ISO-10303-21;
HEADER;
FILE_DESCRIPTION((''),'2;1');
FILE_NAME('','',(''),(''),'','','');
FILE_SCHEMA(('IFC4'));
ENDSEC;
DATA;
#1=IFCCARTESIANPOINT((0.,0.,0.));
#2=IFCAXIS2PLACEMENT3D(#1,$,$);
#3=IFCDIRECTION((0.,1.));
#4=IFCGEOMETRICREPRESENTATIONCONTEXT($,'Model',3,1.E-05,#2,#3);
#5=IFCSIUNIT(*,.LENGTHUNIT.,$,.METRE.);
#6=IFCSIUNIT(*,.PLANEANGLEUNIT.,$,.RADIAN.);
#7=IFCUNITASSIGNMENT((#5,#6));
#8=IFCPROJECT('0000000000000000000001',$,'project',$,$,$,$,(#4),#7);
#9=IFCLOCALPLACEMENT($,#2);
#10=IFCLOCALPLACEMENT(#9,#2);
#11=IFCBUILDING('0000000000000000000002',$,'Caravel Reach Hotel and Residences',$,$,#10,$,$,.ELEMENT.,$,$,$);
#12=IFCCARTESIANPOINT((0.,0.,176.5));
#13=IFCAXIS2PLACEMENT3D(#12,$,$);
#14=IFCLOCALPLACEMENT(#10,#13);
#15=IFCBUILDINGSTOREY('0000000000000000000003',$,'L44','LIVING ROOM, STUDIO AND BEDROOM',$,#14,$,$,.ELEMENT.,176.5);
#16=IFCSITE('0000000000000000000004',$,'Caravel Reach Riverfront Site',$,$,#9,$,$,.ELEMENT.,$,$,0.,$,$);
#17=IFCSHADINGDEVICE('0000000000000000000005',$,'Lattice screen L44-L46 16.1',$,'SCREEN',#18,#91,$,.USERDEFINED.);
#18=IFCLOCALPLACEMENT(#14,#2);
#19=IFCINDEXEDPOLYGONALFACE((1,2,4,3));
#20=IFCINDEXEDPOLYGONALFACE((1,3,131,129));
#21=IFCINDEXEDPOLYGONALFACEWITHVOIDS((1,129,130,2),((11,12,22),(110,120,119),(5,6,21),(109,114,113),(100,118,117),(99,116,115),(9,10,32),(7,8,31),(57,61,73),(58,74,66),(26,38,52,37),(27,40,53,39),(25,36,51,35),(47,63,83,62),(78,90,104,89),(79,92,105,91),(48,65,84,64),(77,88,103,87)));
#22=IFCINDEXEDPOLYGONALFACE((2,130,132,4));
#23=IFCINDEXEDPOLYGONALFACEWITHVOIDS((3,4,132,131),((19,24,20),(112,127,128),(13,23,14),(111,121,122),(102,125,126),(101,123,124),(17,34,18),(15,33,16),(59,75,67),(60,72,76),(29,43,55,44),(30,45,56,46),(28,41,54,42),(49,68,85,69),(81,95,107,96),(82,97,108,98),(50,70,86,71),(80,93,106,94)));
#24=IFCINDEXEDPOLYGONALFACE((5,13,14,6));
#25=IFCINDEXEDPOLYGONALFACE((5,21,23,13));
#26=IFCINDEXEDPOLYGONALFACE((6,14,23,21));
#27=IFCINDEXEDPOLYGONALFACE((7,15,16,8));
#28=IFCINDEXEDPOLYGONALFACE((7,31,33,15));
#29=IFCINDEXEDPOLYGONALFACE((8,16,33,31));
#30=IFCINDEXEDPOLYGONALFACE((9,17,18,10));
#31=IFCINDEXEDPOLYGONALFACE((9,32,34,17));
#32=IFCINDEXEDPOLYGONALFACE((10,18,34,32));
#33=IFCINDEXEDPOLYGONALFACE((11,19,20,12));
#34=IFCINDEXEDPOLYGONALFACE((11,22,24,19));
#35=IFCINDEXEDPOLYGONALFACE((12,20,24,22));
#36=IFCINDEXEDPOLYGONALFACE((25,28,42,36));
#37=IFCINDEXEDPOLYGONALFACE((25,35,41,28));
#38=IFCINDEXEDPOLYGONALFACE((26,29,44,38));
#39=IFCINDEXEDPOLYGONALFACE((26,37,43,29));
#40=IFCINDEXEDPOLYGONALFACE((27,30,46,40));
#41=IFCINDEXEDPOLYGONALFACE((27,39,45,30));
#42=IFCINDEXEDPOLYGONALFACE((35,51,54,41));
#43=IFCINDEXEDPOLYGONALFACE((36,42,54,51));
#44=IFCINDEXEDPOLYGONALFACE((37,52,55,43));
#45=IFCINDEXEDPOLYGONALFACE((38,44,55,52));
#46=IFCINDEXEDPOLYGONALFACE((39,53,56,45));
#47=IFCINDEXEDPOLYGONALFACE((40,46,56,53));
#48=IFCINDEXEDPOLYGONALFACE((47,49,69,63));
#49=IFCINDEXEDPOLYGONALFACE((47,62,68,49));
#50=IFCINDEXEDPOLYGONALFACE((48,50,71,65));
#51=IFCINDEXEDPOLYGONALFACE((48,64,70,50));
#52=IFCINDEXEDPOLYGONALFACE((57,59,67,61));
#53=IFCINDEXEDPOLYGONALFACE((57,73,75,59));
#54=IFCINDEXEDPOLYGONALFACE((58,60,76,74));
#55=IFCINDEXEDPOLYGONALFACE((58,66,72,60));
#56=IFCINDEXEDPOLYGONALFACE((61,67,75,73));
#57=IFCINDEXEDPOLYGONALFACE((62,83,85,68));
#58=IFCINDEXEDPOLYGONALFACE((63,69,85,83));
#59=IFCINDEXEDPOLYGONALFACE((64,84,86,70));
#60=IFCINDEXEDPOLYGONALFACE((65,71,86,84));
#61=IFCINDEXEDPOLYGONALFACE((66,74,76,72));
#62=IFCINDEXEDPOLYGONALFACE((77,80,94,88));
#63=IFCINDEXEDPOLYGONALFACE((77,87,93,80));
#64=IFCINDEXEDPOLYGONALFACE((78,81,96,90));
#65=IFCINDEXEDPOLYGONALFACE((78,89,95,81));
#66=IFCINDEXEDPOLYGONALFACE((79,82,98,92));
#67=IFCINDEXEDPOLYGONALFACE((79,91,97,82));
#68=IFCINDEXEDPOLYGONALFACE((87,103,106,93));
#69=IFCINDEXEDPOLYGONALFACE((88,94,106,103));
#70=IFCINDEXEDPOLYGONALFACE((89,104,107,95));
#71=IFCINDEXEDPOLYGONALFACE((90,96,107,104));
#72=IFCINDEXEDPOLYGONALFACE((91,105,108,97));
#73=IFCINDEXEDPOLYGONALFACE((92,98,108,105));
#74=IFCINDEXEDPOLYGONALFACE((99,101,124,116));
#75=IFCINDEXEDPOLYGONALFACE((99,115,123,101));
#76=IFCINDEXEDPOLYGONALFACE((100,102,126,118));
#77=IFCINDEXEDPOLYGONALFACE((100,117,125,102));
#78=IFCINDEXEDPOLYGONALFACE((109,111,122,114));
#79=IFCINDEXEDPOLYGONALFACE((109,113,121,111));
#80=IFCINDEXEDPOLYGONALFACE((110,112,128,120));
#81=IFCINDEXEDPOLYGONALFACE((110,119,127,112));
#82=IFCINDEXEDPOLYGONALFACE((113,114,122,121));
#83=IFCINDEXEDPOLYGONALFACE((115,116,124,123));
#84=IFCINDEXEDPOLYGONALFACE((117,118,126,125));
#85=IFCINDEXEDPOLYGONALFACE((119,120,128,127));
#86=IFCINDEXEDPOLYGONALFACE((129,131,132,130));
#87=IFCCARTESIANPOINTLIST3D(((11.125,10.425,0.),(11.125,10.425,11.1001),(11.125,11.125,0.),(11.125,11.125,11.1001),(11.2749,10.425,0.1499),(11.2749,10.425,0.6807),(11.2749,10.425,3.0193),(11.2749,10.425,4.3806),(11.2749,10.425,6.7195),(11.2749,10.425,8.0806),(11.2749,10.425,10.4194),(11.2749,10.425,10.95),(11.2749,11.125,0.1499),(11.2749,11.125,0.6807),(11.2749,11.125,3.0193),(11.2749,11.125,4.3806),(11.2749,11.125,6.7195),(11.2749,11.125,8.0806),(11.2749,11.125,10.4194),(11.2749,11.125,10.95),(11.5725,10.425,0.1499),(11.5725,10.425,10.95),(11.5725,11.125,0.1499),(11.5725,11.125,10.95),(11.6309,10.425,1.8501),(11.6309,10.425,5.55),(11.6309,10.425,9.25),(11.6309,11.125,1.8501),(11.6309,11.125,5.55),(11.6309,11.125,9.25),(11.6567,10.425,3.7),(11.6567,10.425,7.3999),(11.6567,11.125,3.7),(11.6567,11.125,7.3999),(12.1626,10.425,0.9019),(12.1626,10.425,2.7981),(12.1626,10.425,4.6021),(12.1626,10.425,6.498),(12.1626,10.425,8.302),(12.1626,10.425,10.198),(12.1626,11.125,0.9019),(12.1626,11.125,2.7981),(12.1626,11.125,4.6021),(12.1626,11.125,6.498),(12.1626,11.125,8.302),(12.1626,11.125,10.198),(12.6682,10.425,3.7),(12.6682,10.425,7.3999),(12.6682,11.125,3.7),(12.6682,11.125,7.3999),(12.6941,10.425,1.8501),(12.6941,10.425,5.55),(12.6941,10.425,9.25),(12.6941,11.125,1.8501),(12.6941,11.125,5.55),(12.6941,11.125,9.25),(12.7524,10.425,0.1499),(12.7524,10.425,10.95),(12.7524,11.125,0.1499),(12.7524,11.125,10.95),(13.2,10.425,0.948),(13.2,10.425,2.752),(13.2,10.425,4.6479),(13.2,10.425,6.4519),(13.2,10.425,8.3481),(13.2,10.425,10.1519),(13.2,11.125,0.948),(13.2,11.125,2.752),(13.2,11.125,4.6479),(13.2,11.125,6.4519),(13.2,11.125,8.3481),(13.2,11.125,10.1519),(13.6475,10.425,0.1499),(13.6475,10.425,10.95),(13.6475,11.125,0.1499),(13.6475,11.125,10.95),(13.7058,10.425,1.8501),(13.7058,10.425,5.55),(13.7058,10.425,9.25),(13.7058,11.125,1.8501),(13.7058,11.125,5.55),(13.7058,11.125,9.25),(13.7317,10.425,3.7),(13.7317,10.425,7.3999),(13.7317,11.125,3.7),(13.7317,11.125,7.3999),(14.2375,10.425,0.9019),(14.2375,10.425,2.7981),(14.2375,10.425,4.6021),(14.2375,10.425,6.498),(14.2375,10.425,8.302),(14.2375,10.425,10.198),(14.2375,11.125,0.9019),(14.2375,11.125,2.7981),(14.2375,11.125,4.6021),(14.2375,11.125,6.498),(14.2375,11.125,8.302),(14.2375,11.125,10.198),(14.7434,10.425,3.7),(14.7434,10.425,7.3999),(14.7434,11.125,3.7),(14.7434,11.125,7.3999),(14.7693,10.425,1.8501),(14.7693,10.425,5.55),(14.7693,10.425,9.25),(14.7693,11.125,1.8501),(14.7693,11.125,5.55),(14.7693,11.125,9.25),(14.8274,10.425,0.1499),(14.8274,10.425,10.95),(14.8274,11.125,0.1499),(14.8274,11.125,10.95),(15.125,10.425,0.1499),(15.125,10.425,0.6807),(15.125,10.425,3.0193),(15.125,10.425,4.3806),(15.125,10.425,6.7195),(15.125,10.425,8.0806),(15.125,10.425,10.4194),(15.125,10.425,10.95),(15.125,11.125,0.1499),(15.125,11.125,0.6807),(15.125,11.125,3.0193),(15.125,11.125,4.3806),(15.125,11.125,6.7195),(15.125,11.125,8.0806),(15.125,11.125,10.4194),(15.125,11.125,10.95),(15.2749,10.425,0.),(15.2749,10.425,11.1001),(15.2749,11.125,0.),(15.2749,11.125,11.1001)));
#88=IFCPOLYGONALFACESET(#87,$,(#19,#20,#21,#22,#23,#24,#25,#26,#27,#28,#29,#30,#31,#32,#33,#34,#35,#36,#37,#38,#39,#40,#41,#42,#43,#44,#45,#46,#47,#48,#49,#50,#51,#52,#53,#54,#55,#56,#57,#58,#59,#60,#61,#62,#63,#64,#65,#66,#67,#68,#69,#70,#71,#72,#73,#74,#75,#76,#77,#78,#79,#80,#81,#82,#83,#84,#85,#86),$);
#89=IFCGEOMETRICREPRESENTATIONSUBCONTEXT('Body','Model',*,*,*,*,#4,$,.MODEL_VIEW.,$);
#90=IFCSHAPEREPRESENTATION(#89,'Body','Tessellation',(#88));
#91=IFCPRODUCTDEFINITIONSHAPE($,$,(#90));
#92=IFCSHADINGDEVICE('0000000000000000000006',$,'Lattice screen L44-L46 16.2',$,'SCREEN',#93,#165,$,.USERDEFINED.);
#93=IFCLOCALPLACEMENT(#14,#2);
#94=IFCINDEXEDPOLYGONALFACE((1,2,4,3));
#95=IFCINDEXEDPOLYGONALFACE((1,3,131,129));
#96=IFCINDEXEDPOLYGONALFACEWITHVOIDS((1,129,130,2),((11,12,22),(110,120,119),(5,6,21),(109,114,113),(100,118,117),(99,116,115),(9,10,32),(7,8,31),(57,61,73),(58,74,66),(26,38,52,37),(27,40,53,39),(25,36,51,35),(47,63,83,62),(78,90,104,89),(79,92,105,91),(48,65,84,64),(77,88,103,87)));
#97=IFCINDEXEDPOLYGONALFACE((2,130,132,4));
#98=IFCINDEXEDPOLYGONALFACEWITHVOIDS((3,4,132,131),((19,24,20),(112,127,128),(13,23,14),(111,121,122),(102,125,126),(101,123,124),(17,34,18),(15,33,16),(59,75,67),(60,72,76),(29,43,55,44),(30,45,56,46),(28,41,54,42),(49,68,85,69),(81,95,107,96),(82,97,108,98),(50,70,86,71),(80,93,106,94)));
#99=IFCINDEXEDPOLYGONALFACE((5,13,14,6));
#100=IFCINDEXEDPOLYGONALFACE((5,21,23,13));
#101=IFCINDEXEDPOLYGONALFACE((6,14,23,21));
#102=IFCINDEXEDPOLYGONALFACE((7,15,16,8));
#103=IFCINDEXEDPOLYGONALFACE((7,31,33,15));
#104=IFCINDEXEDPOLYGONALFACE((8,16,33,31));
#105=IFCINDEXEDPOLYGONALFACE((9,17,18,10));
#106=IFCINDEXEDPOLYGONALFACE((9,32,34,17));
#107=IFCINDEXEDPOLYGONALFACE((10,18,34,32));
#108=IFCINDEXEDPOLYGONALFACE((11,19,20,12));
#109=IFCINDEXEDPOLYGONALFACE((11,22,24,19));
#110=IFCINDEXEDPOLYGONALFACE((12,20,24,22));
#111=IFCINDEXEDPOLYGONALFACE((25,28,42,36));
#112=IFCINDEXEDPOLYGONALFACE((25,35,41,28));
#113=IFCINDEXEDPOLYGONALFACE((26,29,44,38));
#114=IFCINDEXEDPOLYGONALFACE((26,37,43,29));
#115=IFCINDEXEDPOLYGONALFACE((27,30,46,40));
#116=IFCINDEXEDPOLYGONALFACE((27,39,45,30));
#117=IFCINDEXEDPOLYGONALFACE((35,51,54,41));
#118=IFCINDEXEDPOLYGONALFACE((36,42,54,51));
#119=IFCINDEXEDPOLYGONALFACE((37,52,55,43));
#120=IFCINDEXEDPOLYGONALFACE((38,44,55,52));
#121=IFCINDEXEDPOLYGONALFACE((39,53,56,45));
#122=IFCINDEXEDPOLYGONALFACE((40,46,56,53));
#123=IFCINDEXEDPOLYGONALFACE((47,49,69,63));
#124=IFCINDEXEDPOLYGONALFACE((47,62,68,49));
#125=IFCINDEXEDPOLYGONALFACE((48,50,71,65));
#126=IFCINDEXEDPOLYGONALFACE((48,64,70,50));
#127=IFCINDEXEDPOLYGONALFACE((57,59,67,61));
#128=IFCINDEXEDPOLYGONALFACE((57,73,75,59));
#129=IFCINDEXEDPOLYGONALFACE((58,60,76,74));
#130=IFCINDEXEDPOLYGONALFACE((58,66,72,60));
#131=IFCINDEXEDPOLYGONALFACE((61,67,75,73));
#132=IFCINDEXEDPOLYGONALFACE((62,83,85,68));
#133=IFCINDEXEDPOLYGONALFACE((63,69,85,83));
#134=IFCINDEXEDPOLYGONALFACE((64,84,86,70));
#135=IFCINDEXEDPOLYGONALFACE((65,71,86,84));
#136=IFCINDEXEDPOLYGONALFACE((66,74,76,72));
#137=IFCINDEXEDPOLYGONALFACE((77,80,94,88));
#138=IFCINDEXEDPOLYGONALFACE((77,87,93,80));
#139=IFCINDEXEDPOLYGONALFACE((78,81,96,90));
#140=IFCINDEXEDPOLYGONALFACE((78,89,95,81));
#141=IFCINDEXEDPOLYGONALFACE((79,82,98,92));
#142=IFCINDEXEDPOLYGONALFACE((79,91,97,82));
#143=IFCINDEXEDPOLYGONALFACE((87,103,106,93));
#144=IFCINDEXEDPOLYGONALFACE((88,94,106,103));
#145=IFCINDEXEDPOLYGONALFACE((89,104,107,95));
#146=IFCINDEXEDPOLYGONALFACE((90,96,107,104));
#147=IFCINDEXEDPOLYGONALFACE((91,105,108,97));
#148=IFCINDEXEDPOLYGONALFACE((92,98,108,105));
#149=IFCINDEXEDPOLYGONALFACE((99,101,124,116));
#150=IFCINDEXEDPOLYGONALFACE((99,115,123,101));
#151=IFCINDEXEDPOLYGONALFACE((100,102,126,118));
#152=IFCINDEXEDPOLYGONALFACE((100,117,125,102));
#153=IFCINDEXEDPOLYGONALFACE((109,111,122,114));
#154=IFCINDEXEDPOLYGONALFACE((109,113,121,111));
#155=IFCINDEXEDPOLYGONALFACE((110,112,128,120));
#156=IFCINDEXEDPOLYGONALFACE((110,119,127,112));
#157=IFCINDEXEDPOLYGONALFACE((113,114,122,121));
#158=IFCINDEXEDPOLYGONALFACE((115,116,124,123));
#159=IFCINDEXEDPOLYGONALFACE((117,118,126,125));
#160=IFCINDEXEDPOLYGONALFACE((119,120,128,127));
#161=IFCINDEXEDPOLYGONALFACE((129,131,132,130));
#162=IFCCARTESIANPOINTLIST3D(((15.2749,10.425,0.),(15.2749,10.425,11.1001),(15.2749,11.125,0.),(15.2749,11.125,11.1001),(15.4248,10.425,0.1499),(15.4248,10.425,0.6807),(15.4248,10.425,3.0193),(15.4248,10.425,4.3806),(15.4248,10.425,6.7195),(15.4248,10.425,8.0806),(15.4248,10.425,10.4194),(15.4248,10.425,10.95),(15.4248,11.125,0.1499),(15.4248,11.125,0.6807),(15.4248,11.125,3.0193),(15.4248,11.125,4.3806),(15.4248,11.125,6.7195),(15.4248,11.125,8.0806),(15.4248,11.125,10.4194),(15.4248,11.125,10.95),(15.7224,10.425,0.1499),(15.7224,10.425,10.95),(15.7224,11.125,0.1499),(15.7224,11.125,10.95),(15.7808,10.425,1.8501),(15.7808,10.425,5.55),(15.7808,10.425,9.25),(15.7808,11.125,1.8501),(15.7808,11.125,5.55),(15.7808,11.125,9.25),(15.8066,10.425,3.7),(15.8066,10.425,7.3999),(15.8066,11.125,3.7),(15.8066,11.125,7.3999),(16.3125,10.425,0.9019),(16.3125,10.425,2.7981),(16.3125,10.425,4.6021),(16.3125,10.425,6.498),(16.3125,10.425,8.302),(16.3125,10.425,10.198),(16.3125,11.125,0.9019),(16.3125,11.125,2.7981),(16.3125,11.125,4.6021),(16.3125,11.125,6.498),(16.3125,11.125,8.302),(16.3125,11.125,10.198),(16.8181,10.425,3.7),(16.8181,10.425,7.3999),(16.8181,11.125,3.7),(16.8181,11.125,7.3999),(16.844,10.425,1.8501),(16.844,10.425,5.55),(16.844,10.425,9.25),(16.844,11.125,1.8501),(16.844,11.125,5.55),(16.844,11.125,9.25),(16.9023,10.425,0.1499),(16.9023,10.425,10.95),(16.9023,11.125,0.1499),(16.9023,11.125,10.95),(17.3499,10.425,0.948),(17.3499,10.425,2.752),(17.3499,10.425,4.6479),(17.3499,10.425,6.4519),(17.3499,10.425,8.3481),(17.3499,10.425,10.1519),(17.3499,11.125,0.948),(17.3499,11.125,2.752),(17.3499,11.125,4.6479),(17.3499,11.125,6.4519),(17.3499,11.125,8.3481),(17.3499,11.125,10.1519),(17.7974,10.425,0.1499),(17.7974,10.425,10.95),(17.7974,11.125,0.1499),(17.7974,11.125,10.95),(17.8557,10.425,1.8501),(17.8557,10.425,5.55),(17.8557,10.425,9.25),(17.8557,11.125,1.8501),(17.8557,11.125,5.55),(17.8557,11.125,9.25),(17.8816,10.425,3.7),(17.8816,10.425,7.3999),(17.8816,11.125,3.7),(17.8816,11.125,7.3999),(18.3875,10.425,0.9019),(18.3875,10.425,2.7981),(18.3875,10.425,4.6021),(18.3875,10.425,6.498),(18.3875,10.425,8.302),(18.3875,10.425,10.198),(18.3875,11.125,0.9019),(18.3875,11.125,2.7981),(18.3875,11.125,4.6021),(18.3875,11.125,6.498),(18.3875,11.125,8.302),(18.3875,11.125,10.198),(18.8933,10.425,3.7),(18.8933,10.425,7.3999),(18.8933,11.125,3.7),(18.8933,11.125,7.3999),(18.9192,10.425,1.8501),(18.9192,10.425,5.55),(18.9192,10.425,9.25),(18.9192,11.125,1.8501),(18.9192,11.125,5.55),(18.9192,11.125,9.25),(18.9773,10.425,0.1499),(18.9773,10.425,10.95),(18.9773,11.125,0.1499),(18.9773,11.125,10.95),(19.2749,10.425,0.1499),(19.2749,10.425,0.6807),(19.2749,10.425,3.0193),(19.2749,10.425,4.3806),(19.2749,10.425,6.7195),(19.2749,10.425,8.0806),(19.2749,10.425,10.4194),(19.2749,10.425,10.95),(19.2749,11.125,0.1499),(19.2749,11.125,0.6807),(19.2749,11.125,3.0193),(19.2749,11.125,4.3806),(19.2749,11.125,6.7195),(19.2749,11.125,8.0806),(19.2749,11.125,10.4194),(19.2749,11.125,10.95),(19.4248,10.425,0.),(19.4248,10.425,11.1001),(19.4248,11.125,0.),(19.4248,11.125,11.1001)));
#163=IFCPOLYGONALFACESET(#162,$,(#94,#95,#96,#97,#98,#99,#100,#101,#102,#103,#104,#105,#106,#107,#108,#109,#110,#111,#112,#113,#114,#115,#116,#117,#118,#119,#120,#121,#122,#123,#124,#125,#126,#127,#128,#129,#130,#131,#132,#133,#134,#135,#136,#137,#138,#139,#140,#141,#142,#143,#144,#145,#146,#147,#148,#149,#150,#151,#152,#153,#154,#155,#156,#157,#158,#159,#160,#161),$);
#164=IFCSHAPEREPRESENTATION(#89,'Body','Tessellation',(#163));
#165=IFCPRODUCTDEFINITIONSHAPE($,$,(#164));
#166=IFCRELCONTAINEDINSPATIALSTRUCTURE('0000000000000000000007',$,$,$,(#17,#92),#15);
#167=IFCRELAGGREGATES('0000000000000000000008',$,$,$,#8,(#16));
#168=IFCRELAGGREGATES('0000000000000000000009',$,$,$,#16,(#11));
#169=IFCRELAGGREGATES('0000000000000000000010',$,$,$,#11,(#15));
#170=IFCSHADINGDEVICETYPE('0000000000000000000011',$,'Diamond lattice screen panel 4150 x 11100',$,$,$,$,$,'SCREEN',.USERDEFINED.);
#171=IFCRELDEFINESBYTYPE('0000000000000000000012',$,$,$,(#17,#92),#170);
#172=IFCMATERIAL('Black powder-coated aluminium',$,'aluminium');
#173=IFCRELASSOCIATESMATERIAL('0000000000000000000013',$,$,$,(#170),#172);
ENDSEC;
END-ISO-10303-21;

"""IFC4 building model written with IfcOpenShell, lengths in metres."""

from ifc_helpers import new_model, si_unit, direction, frame, origin, place, context, subcontext, project, spatial, polyline, outline, extrude, material, type_object, element, save


model = new_model("IFC4")

# Units and contexts
model_context = context("Model", 3, precision=1e-05, world=origin(), true_north=direction((0.0, 1.0)))
body_context = subcontext(model_context, "Body", "Model", "MODEL_VIEW")
ifc_project = project(units=[si_unit("LENGTHUNIT", "METRE"), si_unit("PLANEANGLEUNIT", "RADIAN")], contexts=[model_context])

# Site, building, storey
site_placement = place(None, origin())
site = spatial("IfcSite", under=ifc_project, at=site_placement, Name="Caravel Reach Riverfront Site", CompositionType="ELEMENT", RefElevation=0.0)
building_placement = place(site_placement, origin())
building = spatial("IfcBuilding", under=site, at=building_placement, Name="Caravel Reach Hotel and Residences", CompositionType="ELEMENT")
storey_placement = place(building_placement, frame((0.0, 0.0, 176.5)))
storey = spatial("IfcBuildingStorey", under=building, at=storey_placement, Name="L44", Description="LIVING ROOM, STUDIO AND BEDROOM", CompositionType="ELEMENT", Elevation=176.5)

# Shading devices
ifc_material_1 = material(Name="Black powder-coated aluminium", Category="aluminium")
shading_device_type_1 = type_object("IfcShadingDeviceType", Name="Diamond lattice screen panel 4150 x 11100", ElementType="SCREEN", PredefinedType="USERDEFINED", material=ifc_material_1)
shading_device_1_placement = place(storey_placement, frame((11.125, 11.125, 0.0), z_axis=(0.0, -1.0, 0.0), x_axis=(1.0, 0.0, 0.0)))
element("IfcShadingDevice", 1, at=shading_device_1_placement, inside=storey, type_object=shading_device_type_1, Name="Lattice screen L44-L46 16.1", ObjectType="SCREEN", PredefinedType="USERDEFINED", context=body_context, shape_type="SweptSolid", body=[
    extrude(outline(polyline([(0.0, 0.0), (4.1499, 0.0), (4.1499, 11.1001), (0.0, 11.1001), (0.0, 0.0)]), holes=[polyline([(0.4475, 0.1499), (0.1499, 0.6807), (0.1499, 0.1499), (0.4475, 0.1499)]), polyline([(0.5317, 3.7), (0.1499, 4.3806), (0.1499, 3.0193), (0.5317, 3.7)]), polyline([(0.5317, 7.3999), (0.1499, 8.0806), (0.1499, 6.7195), (0.5317, 7.3999)]), polyline([(0.1499, 10.4194), (0.4475, 10.95), (0.1499, 10.95), (0.1499, 10.4194)]), polyline([(1.0376, 2.7981), (0.5059, 1.8501), (1.0376, 0.9019), (1.5691, 1.8501), (1.0376, 2.7981)]), polyline([(1.0376, 6.498), (0.5059, 5.55), (1.0376, 4.6021), (1.5691, 5.55), (1.0376, 6.498)]), polyline([(1.0376, 10.198), (0.5059, 9.25), (1.0376, 8.302), (1.5691, 9.25), (1.0376, 10.198)]), polyline([(2.075, 0.948), (1.6274, 0.1499), (2.5225, 0.1499), (2.075, 0.948)]), polyline([(2.075, 4.6479), (1.5432, 3.7), (2.075, 2.752), (2.6067, 3.7), (2.075, 4.6479)]), polyline([(2.075, 8.3481), (1.5432, 7.3999), (2.075, 6.4519), (2.6067, 7.3999), (2.075, 8.3481)]), polyline([(2.075, 10.1519), (2.5225, 10.95), (1.6274, 10.95), (2.075, 10.1519)]), polyline([(3.1125, 2.7981), (2.5808, 1.8501), (3.1125, 0.9019), (3.6443, 1.8501), (3.1125, 2.7981)]), polyline([(3.1125, 6.498), (2.5808, 5.55), (3.1125, 4.6021), (3.6443, 5.55), (3.1125, 6.498)]), polyline([(3.1125, 10.198), (2.5808, 9.25), (3.1125, 8.302), (3.6443, 9.25), (3.1125, 10.198)]), polyline([(4.0, 0.6807), (3.7024, 0.1499), (4.0, 0.1499), (4.0, 0.6807)]), polyline([(3.6184, 3.7), (4.0, 3.0193), (4.0, 4.3806), (3.6184, 3.7)]), polyline([(3.6184, 7.3999), (4.0, 6.7195), (4.0, 8.0806), (3.6184, 7.3999)]), polyline([(3.7024, 10.95), (4.0, 10.4194), (4.0, 10.95), (3.7024, 10.95)])]), origin(), (0.0, 0.0, 1.0), 0.7),
])
shading_device_2_placement = place(storey_placement, frame((15.2749, 11.125, 0.0), z_axis=(0.0, -1.0, 0.0), x_axis=(1.0, 0.0, 0.0)))
element("IfcShadingDevice", 2, at=shading_device_2_placement, inside=storey, type_object=shading_device_type_1, Name="Lattice screen L44-L46 16.2", ObjectType="SCREEN", PredefinedType="USERDEFINED", context=body_context, shape_type="SweptSolid", body=[
    extrude(outline(polyline([(0.0, 0.0), (4.1499, 0.0), (4.1499, 11.1001), (0.0, 11.1001), (0.0, 0.0)]), holes=[polyline([(0.4475, 0.1499), (0.1499, 0.6807), (0.1499, 0.1499), (0.4475, 0.1499)]), polyline([(0.5317, 3.7), (0.1499, 4.3806), (0.1499, 3.0193), (0.5317, 3.7)]), polyline([(0.5317, 7.3999), (0.1499, 8.0806), (0.1499, 6.7195), (0.5317, 7.3999)]), polyline([(0.1499, 10.4194), (0.4475, 10.95), (0.1499, 10.95), (0.1499, 10.4194)]), polyline([(1.0376, 2.7981), (0.5059, 1.8501), (1.0376, 0.9019), (1.5691, 1.8501), (1.0376, 2.7981)]), polyline([(1.0376, 6.498), (0.5059, 5.55), (1.0376, 4.6021), (1.5691, 5.55), (1.0376, 6.498)]), polyline([(1.0376, 10.198), (0.5059, 9.25), (1.0376, 8.302), (1.5691, 9.25), (1.0376, 10.198)]), polyline([(2.075, 0.948), (1.6274, 0.1499), (2.5225, 0.1499), (2.075, 0.948)]), polyline([(2.075, 4.6479), (1.5432, 3.7), (2.075, 2.752), (2.6067, 3.7), (2.075, 4.6479)]), polyline([(2.075, 8.3481), (1.5432, 7.3999), (2.075, 6.4519), (2.6067, 7.3999), (2.075, 8.3481)]), polyline([(2.075, 10.1519), (2.5225, 10.95), (1.6274, 10.95), (2.075, 10.1519)]), polyline([(3.1125, 2.7981), (2.5808, 1.8501), (3.1125, 0.9019), (3.6443, 1.8501), (3.1125, 2.7981)]), polyline([(3.1125, 6.498), (2.5808, 5.55), (3.1125, 4.6021), (3.6443, 5.55), (3.1125, 6.498)]), polyline([(3.1125, 10.198), (2.5808, 9.25), (3.1125, 8.302), (3.6443, 9.25), (3.1125, 10.198)]), polyline([(4.0, 0.6807), (3.7024, 0.1499), (4.0, 0.1499), (4.0, 0.6807)]), polyline([(3.6184, 3.7), (4.0, 3.0193), (4.0, 4.3806), (3.6184, 3.7)]), polyline([(3.6184, 7.3999), (4.0, 6.7195), (4.0, 8.0806), (3.6184, 7.3999)]), polyline([(3.7024, 10.95), (4.0, 10.4194), (4.0, 10.95), (3.7024, 10.95)])]), origin(), (0.0, 0.0, 1.0), 0.7),
])

save(model, "model.ifc")
